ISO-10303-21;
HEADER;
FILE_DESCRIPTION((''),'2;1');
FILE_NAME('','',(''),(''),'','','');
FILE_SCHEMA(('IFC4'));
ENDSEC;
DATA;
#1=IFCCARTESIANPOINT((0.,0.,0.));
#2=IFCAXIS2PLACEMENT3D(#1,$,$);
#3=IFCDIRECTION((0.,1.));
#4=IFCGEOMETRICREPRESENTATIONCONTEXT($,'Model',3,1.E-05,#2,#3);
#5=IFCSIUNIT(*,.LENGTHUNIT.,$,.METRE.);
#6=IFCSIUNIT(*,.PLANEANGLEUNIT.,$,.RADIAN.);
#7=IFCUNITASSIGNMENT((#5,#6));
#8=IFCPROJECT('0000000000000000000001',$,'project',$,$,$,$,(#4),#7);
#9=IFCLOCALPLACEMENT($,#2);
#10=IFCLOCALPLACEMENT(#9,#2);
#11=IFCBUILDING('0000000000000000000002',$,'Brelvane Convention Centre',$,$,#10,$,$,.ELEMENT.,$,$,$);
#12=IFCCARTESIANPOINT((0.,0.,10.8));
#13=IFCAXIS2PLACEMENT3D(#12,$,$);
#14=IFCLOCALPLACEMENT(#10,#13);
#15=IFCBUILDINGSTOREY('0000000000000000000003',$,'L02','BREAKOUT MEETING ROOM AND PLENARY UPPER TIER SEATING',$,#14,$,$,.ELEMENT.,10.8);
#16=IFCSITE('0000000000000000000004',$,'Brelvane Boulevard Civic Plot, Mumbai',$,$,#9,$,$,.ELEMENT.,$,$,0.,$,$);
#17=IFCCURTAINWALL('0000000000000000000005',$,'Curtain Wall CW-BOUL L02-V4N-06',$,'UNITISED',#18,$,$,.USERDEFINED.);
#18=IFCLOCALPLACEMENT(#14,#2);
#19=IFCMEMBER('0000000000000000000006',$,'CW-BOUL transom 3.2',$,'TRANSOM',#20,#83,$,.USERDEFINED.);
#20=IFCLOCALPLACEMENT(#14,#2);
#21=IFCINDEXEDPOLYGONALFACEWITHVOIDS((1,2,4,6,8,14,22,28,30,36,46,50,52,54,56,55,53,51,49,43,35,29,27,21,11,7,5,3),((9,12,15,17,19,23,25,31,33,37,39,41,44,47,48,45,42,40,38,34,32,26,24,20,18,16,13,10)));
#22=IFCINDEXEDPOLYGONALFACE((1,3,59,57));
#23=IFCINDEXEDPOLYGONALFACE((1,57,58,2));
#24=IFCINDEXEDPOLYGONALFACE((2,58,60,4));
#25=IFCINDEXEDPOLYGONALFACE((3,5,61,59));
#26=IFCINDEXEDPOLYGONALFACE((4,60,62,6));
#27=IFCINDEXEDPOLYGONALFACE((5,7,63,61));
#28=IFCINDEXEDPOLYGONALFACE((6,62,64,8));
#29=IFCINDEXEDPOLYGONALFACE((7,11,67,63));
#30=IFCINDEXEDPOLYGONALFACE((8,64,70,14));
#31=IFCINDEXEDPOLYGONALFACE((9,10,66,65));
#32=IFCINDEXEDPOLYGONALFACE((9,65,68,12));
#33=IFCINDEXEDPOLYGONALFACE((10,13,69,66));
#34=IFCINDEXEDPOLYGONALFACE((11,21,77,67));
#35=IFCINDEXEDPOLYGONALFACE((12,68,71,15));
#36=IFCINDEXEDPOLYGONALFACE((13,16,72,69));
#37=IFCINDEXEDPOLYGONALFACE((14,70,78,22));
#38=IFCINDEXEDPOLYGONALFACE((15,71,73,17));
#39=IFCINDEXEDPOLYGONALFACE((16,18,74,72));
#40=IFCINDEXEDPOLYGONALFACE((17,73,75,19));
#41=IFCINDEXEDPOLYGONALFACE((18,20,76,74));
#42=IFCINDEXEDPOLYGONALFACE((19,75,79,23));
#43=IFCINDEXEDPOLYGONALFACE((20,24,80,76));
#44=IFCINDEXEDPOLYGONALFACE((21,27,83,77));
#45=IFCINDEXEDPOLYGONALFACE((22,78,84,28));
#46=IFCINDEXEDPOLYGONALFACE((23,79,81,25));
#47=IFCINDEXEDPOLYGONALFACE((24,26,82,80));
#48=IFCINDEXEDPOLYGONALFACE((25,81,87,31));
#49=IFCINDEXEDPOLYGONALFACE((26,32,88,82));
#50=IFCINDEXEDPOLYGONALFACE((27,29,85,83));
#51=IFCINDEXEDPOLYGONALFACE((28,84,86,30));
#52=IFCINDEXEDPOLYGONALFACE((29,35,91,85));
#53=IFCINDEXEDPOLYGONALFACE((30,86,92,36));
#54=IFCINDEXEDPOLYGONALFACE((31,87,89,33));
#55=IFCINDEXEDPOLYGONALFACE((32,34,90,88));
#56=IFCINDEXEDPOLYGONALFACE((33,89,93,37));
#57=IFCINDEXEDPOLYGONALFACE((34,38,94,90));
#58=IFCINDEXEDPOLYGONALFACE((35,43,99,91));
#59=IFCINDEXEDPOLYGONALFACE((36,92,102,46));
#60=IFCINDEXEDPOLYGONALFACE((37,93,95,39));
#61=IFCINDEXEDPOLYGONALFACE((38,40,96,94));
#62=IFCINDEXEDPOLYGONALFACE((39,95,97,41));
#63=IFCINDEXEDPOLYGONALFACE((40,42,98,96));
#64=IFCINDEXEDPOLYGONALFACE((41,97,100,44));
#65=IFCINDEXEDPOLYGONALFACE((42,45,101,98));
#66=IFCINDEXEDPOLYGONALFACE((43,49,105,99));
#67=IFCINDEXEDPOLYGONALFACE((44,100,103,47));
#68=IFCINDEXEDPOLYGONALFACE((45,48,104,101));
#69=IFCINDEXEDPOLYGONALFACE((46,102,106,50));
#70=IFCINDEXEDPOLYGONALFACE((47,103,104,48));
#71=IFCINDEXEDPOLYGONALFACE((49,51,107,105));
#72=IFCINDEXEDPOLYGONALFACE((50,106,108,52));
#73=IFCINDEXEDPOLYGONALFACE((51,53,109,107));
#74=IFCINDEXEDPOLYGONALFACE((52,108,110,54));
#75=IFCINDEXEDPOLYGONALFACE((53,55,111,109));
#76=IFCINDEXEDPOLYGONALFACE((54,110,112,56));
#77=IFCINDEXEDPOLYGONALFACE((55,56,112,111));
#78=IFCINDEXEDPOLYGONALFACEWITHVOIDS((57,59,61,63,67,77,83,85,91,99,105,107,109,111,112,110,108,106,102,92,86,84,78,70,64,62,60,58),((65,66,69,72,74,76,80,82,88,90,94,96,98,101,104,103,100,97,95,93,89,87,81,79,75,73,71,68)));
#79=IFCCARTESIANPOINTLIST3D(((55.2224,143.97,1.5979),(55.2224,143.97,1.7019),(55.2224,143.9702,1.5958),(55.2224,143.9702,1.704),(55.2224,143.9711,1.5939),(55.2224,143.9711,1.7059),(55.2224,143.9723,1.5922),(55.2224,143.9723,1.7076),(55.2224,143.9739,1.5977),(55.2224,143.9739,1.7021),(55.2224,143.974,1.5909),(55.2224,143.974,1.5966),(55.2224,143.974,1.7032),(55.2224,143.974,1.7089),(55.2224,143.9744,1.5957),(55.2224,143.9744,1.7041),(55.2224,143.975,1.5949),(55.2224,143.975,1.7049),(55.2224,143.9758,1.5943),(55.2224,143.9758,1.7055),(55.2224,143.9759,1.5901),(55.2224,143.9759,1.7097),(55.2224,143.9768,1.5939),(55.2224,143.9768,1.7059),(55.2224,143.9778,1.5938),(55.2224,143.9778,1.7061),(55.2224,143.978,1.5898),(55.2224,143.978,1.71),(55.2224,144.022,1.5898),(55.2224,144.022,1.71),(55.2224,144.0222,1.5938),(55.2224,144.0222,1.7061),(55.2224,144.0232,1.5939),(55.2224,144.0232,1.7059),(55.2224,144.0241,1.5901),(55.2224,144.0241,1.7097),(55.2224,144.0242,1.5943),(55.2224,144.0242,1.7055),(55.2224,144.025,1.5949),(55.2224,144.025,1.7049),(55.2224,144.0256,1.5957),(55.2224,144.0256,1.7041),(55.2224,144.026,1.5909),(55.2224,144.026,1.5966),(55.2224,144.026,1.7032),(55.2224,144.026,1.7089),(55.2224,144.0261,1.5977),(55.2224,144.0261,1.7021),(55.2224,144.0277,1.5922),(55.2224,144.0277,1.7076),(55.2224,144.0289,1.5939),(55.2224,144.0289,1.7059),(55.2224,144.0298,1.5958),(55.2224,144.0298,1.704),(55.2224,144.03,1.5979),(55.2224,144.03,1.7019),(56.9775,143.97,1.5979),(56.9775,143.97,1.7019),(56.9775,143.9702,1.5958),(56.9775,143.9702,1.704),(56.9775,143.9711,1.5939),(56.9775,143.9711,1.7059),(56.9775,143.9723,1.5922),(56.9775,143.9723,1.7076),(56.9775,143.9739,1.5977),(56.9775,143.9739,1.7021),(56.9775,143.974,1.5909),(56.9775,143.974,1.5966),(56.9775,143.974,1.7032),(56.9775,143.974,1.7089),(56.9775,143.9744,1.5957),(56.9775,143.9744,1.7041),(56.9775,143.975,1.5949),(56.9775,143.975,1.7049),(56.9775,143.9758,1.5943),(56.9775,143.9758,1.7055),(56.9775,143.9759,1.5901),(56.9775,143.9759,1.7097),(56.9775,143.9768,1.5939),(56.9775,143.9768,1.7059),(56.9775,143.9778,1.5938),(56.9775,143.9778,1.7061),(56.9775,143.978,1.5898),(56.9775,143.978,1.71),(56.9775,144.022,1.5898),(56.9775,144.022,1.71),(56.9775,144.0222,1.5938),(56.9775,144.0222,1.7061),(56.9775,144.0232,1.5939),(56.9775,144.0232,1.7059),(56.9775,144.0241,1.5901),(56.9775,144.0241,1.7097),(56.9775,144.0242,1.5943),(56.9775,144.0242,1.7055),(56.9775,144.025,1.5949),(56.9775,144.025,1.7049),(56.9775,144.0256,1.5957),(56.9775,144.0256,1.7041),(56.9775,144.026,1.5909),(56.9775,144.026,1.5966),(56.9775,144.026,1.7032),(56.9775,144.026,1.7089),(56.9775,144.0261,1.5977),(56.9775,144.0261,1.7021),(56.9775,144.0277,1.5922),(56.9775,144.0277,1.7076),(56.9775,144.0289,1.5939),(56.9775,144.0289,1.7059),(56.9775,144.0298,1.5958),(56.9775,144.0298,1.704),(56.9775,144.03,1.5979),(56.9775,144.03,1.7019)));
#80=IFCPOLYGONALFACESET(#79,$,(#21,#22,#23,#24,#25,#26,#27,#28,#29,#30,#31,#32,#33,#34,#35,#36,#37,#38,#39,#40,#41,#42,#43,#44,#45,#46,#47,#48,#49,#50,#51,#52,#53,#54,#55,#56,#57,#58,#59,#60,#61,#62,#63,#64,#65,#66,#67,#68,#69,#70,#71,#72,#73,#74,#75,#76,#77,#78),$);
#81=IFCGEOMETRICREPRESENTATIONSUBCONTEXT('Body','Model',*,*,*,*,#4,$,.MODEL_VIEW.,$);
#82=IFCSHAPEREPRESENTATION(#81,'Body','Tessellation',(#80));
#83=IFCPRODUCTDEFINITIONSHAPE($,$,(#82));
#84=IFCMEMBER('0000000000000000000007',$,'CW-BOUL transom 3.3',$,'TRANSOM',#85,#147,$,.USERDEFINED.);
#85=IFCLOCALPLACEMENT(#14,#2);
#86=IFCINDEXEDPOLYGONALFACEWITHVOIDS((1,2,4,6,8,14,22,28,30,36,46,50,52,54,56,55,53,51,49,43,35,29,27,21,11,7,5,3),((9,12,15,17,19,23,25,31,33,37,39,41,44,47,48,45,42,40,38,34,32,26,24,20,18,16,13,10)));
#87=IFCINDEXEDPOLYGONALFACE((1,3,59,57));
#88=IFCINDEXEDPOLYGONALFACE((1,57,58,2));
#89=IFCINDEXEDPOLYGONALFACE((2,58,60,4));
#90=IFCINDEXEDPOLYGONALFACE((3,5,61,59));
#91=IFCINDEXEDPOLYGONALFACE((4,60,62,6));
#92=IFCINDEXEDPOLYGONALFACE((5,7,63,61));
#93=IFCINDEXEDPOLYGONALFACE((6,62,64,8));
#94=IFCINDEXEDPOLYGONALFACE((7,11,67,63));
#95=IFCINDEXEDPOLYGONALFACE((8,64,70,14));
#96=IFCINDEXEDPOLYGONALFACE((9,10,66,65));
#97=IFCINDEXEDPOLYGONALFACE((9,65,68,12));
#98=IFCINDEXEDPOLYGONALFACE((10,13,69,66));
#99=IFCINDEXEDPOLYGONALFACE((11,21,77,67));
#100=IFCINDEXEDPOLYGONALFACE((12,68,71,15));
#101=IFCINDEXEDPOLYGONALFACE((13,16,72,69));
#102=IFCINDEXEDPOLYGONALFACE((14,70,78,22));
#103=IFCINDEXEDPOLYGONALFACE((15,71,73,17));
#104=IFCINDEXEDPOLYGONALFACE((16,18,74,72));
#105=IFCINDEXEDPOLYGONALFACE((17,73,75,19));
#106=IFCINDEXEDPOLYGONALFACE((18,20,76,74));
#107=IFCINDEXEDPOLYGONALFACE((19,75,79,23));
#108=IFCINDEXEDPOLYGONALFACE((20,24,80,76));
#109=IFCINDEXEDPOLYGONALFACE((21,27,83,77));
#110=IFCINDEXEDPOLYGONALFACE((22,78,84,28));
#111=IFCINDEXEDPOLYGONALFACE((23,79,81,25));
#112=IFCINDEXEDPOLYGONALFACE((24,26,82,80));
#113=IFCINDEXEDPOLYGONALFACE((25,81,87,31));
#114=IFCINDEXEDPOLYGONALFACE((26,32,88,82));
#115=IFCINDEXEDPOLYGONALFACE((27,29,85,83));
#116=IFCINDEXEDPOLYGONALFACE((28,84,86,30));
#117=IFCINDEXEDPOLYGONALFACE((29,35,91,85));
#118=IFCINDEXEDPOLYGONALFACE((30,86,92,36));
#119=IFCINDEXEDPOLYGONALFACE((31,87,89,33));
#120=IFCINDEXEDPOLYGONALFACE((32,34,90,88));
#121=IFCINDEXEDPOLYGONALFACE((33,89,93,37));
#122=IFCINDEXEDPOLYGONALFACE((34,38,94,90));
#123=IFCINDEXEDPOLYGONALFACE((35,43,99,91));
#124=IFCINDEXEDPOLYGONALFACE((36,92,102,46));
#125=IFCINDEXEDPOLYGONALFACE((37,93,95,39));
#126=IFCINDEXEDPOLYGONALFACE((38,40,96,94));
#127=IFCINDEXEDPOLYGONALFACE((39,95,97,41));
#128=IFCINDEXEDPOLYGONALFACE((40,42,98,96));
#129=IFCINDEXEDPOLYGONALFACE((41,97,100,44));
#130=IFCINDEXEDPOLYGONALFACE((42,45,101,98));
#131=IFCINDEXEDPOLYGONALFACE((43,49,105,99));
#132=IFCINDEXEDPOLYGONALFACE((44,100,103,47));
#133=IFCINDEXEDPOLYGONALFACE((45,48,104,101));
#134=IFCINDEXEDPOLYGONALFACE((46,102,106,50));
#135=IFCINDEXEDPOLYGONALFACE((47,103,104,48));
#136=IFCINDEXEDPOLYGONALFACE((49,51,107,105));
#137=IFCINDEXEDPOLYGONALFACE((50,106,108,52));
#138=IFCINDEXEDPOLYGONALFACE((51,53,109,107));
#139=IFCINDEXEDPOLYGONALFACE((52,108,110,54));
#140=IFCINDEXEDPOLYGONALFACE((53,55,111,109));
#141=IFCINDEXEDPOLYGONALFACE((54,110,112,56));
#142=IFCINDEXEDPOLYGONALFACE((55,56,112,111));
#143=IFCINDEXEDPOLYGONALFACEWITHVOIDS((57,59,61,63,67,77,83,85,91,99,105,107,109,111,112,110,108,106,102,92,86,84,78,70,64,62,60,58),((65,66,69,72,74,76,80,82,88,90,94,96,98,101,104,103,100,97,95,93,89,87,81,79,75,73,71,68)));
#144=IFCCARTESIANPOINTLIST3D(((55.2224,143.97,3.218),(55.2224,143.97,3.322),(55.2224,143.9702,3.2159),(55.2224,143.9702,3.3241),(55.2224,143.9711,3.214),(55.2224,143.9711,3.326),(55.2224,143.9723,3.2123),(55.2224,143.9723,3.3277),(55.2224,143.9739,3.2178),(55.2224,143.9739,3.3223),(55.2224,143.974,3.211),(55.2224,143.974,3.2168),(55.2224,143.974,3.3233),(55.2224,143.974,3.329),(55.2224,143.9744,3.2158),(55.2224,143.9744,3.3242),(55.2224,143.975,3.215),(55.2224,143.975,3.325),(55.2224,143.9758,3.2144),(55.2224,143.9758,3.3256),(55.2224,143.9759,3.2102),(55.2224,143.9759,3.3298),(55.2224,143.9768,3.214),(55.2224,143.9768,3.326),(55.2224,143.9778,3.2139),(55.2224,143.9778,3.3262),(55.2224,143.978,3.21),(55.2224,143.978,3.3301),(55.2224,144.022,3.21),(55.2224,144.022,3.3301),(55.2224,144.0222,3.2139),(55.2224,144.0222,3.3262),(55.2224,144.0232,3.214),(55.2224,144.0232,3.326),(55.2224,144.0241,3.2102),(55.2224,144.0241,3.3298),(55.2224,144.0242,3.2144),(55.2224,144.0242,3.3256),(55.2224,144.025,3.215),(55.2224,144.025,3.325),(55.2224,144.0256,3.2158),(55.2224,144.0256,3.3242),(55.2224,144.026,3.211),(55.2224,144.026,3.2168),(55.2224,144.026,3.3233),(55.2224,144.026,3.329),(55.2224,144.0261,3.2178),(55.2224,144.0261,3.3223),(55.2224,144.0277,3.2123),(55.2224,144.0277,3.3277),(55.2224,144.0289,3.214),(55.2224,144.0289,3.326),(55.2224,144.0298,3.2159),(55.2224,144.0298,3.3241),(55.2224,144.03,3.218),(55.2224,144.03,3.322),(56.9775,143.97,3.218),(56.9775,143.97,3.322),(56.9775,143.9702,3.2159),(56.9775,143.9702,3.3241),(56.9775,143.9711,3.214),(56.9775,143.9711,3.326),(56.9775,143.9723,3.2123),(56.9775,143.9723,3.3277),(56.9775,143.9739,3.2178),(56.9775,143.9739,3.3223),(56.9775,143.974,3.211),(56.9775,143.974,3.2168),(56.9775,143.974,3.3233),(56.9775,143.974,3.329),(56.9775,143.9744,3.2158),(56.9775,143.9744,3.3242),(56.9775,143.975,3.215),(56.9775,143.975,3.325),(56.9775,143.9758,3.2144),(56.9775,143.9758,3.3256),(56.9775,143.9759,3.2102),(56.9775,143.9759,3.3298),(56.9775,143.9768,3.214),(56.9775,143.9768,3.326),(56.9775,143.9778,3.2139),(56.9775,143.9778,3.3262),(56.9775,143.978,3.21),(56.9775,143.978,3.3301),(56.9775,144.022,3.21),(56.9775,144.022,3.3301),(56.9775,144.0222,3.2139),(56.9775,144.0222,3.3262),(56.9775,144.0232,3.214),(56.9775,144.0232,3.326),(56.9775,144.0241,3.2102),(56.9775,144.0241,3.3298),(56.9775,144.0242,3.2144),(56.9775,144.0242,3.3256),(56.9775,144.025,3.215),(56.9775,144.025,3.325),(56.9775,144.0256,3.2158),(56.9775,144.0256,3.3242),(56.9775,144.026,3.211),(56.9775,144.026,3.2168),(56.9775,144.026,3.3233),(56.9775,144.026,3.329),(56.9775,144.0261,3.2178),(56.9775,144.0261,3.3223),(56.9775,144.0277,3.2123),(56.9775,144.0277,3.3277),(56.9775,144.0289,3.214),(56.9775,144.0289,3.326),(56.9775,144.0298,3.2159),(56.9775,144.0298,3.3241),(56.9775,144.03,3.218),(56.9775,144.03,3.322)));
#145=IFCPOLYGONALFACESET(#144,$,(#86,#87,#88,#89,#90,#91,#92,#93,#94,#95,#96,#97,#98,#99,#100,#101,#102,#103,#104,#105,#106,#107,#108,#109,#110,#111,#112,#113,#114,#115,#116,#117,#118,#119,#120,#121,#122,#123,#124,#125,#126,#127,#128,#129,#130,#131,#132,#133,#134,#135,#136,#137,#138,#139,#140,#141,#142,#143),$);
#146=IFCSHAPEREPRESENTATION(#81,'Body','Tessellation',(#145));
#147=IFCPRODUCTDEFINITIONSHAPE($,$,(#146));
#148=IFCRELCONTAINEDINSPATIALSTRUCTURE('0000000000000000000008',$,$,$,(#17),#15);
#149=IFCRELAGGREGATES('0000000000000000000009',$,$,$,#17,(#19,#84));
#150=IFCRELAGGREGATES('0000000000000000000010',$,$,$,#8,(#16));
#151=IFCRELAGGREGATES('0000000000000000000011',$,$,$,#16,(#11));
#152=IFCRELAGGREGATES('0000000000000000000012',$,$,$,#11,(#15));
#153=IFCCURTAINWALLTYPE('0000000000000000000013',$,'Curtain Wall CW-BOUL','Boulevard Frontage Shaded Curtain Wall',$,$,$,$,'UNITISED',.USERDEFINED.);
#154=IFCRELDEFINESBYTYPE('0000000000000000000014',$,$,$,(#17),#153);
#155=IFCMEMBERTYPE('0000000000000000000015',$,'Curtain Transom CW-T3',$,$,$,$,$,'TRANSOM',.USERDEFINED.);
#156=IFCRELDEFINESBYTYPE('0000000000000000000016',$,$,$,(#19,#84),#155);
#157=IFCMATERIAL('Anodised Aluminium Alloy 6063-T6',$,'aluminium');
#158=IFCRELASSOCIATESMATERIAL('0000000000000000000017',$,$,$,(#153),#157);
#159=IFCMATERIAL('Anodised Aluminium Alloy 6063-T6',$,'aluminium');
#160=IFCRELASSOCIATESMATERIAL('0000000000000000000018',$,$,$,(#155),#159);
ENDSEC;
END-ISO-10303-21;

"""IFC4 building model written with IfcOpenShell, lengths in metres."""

from ifc_helpers import new_model, si_unit, direction, frame, origin, origin_2d, place, context, subcontext, project, spatial, hollow_rectangle, extrude, material, material_profile, profile_set, type_object, element, aggregate, save


model = new_model("IFC4")

# Units and contexts
model_context = context("Model", 3, precision=1e-05, world=origin(), true_north=direction((0.0, 1.0)))
body_context = subcontext(model_context, "Body", "Model", "MODEL_VIEW")
ifc_project = project(units=[si_unit("LENGTHUNIT", "METRE"), si_unit("PLANEANGLEUNIT", "RADIAN")], contexts=[model_context])

# Site, building, storey
site_placement = place(None, origin())
site = spatial("IfcSite", under=ifc_project, at=site_placement, Name="Brelvane Boulevard Civic Plot, Mumbai", CompositionType="ELEMENT", RefElevation=0.0)
building_placement = place(site_placement, origin())
building = spatial("IfcBuilding", under=site, at=building_placement, Name="Brelvane Convention Centre", CompositionType="ELEMENT")
storey_placement = place(building_placement, frame((0.0, 0.0, 10.8)))
storey = spatial("IfcBuildingStorey", under=building, at=storey_placement, Name="L02", Description="BREAKOUT MEETING ROOM AND PLENARY UPPER TIER SEATING", CompositionType="ELEMENT", Elevation=10.8)

# Curtain wall, members
ifc_material_1 = material(Name="Anodised Aluminium Alloy 6063-T6", Category="aluminium")
curtain_wall_type = type_object("IfcCurtainWallType", Name="Curtain Wall CW-BOUL", Description="Boulevard Frontage Shaded Curtain Wall", ElementType="UNITISED", PredefinedType="USERDEFINED", material=ifc_material_1)
curtain_wall_placement = place(storey_placement, origin())
curtain_wall = element("IfcCurtainWall", 1, at=curtain_wall_placement, inside=storey, type_object=curtain_wall_type, Name="Curtain Wall CW-BOUL L02-V4N-06", ObjectType="UNITISED", PredefinedType="USERDEFINED")
ifc_material_2 = material(Name="Anodised Aluminium Alloy 6063-T6", Category="aluminium")
ifc_material_profile_1 = material_profile(ifc_material_2, hollow_rectangle(XDim=0.0601, YDim=0.1201, WallThickness=0.0039, InnerFilletRadius=0.0039, OuterFilletRadius=0.0081, at=origin_2d()), Name="ALU-T 120x60x4.0")
ifc_profile_set_1 = profile_set([ifc_material_profile_1], Name="Anodised Aluminium Alloy 6063-T6")
member_type_1 = type_object("IfcMemberType", Name="Curtain Transom CW-T3", ElementType="TRANSOM", PredefinedType="USERDEFINED", material=ifc_profile_set_1)
member_1_placement = place(storey_placement, frame((55.2224, 144.0, 1.6499), z_axis=(1.0, 0.0, 0.0), x_axis=(0.0, 1.0, 0.0)))
member_1 = element("IfcMember", 2, at=member_1_placement, type_object=member_type_1, Name="CW-BOUL transom 3.2", ObjectType="TRANSOM", PredefinedType="USERDEFINED", context=body_context, shape_type="SweptSolid", body=[
    extrude(hollow_rectangle(XDim=0.0601, YDim=0.1201, WallThickness=0.0039, InnerFilletRadius=0.0039, OuterFilletRadius=0.0081, at=origin_2d()), origin(), (0.0, 0.0, 1.0), 1.7551),
])
member_2_placement = place(storey_placement, frame((55.2224, 144.0, 3.27), z_axis=(1.0, 0.0, 0.0), x_axis=(0.0, 1.0, 0.0)))
member_2 = element("IfcMember", 3, at=member_2_placement, type_object=member_type_1, Name="CW-BOUL transom 3.3", ObjectType="TRANSOM", PredefinedType="USERDEFINED", context=body_context, shape_type="SweptSolid", body=[
    extrude(hollow_rectangle(XDim=0.0601, YDim=0.1201, WallThickness=0.0039, InnerFilletRadius=0.0039, OuterFilletRadius=0.0081, at=origin_2d()), origin(), (0.0, 0.0, 1.0), 1.7551),
])

aggregate(curtain_wall, [member_1, member_2])

save(model, "model.ifc")
